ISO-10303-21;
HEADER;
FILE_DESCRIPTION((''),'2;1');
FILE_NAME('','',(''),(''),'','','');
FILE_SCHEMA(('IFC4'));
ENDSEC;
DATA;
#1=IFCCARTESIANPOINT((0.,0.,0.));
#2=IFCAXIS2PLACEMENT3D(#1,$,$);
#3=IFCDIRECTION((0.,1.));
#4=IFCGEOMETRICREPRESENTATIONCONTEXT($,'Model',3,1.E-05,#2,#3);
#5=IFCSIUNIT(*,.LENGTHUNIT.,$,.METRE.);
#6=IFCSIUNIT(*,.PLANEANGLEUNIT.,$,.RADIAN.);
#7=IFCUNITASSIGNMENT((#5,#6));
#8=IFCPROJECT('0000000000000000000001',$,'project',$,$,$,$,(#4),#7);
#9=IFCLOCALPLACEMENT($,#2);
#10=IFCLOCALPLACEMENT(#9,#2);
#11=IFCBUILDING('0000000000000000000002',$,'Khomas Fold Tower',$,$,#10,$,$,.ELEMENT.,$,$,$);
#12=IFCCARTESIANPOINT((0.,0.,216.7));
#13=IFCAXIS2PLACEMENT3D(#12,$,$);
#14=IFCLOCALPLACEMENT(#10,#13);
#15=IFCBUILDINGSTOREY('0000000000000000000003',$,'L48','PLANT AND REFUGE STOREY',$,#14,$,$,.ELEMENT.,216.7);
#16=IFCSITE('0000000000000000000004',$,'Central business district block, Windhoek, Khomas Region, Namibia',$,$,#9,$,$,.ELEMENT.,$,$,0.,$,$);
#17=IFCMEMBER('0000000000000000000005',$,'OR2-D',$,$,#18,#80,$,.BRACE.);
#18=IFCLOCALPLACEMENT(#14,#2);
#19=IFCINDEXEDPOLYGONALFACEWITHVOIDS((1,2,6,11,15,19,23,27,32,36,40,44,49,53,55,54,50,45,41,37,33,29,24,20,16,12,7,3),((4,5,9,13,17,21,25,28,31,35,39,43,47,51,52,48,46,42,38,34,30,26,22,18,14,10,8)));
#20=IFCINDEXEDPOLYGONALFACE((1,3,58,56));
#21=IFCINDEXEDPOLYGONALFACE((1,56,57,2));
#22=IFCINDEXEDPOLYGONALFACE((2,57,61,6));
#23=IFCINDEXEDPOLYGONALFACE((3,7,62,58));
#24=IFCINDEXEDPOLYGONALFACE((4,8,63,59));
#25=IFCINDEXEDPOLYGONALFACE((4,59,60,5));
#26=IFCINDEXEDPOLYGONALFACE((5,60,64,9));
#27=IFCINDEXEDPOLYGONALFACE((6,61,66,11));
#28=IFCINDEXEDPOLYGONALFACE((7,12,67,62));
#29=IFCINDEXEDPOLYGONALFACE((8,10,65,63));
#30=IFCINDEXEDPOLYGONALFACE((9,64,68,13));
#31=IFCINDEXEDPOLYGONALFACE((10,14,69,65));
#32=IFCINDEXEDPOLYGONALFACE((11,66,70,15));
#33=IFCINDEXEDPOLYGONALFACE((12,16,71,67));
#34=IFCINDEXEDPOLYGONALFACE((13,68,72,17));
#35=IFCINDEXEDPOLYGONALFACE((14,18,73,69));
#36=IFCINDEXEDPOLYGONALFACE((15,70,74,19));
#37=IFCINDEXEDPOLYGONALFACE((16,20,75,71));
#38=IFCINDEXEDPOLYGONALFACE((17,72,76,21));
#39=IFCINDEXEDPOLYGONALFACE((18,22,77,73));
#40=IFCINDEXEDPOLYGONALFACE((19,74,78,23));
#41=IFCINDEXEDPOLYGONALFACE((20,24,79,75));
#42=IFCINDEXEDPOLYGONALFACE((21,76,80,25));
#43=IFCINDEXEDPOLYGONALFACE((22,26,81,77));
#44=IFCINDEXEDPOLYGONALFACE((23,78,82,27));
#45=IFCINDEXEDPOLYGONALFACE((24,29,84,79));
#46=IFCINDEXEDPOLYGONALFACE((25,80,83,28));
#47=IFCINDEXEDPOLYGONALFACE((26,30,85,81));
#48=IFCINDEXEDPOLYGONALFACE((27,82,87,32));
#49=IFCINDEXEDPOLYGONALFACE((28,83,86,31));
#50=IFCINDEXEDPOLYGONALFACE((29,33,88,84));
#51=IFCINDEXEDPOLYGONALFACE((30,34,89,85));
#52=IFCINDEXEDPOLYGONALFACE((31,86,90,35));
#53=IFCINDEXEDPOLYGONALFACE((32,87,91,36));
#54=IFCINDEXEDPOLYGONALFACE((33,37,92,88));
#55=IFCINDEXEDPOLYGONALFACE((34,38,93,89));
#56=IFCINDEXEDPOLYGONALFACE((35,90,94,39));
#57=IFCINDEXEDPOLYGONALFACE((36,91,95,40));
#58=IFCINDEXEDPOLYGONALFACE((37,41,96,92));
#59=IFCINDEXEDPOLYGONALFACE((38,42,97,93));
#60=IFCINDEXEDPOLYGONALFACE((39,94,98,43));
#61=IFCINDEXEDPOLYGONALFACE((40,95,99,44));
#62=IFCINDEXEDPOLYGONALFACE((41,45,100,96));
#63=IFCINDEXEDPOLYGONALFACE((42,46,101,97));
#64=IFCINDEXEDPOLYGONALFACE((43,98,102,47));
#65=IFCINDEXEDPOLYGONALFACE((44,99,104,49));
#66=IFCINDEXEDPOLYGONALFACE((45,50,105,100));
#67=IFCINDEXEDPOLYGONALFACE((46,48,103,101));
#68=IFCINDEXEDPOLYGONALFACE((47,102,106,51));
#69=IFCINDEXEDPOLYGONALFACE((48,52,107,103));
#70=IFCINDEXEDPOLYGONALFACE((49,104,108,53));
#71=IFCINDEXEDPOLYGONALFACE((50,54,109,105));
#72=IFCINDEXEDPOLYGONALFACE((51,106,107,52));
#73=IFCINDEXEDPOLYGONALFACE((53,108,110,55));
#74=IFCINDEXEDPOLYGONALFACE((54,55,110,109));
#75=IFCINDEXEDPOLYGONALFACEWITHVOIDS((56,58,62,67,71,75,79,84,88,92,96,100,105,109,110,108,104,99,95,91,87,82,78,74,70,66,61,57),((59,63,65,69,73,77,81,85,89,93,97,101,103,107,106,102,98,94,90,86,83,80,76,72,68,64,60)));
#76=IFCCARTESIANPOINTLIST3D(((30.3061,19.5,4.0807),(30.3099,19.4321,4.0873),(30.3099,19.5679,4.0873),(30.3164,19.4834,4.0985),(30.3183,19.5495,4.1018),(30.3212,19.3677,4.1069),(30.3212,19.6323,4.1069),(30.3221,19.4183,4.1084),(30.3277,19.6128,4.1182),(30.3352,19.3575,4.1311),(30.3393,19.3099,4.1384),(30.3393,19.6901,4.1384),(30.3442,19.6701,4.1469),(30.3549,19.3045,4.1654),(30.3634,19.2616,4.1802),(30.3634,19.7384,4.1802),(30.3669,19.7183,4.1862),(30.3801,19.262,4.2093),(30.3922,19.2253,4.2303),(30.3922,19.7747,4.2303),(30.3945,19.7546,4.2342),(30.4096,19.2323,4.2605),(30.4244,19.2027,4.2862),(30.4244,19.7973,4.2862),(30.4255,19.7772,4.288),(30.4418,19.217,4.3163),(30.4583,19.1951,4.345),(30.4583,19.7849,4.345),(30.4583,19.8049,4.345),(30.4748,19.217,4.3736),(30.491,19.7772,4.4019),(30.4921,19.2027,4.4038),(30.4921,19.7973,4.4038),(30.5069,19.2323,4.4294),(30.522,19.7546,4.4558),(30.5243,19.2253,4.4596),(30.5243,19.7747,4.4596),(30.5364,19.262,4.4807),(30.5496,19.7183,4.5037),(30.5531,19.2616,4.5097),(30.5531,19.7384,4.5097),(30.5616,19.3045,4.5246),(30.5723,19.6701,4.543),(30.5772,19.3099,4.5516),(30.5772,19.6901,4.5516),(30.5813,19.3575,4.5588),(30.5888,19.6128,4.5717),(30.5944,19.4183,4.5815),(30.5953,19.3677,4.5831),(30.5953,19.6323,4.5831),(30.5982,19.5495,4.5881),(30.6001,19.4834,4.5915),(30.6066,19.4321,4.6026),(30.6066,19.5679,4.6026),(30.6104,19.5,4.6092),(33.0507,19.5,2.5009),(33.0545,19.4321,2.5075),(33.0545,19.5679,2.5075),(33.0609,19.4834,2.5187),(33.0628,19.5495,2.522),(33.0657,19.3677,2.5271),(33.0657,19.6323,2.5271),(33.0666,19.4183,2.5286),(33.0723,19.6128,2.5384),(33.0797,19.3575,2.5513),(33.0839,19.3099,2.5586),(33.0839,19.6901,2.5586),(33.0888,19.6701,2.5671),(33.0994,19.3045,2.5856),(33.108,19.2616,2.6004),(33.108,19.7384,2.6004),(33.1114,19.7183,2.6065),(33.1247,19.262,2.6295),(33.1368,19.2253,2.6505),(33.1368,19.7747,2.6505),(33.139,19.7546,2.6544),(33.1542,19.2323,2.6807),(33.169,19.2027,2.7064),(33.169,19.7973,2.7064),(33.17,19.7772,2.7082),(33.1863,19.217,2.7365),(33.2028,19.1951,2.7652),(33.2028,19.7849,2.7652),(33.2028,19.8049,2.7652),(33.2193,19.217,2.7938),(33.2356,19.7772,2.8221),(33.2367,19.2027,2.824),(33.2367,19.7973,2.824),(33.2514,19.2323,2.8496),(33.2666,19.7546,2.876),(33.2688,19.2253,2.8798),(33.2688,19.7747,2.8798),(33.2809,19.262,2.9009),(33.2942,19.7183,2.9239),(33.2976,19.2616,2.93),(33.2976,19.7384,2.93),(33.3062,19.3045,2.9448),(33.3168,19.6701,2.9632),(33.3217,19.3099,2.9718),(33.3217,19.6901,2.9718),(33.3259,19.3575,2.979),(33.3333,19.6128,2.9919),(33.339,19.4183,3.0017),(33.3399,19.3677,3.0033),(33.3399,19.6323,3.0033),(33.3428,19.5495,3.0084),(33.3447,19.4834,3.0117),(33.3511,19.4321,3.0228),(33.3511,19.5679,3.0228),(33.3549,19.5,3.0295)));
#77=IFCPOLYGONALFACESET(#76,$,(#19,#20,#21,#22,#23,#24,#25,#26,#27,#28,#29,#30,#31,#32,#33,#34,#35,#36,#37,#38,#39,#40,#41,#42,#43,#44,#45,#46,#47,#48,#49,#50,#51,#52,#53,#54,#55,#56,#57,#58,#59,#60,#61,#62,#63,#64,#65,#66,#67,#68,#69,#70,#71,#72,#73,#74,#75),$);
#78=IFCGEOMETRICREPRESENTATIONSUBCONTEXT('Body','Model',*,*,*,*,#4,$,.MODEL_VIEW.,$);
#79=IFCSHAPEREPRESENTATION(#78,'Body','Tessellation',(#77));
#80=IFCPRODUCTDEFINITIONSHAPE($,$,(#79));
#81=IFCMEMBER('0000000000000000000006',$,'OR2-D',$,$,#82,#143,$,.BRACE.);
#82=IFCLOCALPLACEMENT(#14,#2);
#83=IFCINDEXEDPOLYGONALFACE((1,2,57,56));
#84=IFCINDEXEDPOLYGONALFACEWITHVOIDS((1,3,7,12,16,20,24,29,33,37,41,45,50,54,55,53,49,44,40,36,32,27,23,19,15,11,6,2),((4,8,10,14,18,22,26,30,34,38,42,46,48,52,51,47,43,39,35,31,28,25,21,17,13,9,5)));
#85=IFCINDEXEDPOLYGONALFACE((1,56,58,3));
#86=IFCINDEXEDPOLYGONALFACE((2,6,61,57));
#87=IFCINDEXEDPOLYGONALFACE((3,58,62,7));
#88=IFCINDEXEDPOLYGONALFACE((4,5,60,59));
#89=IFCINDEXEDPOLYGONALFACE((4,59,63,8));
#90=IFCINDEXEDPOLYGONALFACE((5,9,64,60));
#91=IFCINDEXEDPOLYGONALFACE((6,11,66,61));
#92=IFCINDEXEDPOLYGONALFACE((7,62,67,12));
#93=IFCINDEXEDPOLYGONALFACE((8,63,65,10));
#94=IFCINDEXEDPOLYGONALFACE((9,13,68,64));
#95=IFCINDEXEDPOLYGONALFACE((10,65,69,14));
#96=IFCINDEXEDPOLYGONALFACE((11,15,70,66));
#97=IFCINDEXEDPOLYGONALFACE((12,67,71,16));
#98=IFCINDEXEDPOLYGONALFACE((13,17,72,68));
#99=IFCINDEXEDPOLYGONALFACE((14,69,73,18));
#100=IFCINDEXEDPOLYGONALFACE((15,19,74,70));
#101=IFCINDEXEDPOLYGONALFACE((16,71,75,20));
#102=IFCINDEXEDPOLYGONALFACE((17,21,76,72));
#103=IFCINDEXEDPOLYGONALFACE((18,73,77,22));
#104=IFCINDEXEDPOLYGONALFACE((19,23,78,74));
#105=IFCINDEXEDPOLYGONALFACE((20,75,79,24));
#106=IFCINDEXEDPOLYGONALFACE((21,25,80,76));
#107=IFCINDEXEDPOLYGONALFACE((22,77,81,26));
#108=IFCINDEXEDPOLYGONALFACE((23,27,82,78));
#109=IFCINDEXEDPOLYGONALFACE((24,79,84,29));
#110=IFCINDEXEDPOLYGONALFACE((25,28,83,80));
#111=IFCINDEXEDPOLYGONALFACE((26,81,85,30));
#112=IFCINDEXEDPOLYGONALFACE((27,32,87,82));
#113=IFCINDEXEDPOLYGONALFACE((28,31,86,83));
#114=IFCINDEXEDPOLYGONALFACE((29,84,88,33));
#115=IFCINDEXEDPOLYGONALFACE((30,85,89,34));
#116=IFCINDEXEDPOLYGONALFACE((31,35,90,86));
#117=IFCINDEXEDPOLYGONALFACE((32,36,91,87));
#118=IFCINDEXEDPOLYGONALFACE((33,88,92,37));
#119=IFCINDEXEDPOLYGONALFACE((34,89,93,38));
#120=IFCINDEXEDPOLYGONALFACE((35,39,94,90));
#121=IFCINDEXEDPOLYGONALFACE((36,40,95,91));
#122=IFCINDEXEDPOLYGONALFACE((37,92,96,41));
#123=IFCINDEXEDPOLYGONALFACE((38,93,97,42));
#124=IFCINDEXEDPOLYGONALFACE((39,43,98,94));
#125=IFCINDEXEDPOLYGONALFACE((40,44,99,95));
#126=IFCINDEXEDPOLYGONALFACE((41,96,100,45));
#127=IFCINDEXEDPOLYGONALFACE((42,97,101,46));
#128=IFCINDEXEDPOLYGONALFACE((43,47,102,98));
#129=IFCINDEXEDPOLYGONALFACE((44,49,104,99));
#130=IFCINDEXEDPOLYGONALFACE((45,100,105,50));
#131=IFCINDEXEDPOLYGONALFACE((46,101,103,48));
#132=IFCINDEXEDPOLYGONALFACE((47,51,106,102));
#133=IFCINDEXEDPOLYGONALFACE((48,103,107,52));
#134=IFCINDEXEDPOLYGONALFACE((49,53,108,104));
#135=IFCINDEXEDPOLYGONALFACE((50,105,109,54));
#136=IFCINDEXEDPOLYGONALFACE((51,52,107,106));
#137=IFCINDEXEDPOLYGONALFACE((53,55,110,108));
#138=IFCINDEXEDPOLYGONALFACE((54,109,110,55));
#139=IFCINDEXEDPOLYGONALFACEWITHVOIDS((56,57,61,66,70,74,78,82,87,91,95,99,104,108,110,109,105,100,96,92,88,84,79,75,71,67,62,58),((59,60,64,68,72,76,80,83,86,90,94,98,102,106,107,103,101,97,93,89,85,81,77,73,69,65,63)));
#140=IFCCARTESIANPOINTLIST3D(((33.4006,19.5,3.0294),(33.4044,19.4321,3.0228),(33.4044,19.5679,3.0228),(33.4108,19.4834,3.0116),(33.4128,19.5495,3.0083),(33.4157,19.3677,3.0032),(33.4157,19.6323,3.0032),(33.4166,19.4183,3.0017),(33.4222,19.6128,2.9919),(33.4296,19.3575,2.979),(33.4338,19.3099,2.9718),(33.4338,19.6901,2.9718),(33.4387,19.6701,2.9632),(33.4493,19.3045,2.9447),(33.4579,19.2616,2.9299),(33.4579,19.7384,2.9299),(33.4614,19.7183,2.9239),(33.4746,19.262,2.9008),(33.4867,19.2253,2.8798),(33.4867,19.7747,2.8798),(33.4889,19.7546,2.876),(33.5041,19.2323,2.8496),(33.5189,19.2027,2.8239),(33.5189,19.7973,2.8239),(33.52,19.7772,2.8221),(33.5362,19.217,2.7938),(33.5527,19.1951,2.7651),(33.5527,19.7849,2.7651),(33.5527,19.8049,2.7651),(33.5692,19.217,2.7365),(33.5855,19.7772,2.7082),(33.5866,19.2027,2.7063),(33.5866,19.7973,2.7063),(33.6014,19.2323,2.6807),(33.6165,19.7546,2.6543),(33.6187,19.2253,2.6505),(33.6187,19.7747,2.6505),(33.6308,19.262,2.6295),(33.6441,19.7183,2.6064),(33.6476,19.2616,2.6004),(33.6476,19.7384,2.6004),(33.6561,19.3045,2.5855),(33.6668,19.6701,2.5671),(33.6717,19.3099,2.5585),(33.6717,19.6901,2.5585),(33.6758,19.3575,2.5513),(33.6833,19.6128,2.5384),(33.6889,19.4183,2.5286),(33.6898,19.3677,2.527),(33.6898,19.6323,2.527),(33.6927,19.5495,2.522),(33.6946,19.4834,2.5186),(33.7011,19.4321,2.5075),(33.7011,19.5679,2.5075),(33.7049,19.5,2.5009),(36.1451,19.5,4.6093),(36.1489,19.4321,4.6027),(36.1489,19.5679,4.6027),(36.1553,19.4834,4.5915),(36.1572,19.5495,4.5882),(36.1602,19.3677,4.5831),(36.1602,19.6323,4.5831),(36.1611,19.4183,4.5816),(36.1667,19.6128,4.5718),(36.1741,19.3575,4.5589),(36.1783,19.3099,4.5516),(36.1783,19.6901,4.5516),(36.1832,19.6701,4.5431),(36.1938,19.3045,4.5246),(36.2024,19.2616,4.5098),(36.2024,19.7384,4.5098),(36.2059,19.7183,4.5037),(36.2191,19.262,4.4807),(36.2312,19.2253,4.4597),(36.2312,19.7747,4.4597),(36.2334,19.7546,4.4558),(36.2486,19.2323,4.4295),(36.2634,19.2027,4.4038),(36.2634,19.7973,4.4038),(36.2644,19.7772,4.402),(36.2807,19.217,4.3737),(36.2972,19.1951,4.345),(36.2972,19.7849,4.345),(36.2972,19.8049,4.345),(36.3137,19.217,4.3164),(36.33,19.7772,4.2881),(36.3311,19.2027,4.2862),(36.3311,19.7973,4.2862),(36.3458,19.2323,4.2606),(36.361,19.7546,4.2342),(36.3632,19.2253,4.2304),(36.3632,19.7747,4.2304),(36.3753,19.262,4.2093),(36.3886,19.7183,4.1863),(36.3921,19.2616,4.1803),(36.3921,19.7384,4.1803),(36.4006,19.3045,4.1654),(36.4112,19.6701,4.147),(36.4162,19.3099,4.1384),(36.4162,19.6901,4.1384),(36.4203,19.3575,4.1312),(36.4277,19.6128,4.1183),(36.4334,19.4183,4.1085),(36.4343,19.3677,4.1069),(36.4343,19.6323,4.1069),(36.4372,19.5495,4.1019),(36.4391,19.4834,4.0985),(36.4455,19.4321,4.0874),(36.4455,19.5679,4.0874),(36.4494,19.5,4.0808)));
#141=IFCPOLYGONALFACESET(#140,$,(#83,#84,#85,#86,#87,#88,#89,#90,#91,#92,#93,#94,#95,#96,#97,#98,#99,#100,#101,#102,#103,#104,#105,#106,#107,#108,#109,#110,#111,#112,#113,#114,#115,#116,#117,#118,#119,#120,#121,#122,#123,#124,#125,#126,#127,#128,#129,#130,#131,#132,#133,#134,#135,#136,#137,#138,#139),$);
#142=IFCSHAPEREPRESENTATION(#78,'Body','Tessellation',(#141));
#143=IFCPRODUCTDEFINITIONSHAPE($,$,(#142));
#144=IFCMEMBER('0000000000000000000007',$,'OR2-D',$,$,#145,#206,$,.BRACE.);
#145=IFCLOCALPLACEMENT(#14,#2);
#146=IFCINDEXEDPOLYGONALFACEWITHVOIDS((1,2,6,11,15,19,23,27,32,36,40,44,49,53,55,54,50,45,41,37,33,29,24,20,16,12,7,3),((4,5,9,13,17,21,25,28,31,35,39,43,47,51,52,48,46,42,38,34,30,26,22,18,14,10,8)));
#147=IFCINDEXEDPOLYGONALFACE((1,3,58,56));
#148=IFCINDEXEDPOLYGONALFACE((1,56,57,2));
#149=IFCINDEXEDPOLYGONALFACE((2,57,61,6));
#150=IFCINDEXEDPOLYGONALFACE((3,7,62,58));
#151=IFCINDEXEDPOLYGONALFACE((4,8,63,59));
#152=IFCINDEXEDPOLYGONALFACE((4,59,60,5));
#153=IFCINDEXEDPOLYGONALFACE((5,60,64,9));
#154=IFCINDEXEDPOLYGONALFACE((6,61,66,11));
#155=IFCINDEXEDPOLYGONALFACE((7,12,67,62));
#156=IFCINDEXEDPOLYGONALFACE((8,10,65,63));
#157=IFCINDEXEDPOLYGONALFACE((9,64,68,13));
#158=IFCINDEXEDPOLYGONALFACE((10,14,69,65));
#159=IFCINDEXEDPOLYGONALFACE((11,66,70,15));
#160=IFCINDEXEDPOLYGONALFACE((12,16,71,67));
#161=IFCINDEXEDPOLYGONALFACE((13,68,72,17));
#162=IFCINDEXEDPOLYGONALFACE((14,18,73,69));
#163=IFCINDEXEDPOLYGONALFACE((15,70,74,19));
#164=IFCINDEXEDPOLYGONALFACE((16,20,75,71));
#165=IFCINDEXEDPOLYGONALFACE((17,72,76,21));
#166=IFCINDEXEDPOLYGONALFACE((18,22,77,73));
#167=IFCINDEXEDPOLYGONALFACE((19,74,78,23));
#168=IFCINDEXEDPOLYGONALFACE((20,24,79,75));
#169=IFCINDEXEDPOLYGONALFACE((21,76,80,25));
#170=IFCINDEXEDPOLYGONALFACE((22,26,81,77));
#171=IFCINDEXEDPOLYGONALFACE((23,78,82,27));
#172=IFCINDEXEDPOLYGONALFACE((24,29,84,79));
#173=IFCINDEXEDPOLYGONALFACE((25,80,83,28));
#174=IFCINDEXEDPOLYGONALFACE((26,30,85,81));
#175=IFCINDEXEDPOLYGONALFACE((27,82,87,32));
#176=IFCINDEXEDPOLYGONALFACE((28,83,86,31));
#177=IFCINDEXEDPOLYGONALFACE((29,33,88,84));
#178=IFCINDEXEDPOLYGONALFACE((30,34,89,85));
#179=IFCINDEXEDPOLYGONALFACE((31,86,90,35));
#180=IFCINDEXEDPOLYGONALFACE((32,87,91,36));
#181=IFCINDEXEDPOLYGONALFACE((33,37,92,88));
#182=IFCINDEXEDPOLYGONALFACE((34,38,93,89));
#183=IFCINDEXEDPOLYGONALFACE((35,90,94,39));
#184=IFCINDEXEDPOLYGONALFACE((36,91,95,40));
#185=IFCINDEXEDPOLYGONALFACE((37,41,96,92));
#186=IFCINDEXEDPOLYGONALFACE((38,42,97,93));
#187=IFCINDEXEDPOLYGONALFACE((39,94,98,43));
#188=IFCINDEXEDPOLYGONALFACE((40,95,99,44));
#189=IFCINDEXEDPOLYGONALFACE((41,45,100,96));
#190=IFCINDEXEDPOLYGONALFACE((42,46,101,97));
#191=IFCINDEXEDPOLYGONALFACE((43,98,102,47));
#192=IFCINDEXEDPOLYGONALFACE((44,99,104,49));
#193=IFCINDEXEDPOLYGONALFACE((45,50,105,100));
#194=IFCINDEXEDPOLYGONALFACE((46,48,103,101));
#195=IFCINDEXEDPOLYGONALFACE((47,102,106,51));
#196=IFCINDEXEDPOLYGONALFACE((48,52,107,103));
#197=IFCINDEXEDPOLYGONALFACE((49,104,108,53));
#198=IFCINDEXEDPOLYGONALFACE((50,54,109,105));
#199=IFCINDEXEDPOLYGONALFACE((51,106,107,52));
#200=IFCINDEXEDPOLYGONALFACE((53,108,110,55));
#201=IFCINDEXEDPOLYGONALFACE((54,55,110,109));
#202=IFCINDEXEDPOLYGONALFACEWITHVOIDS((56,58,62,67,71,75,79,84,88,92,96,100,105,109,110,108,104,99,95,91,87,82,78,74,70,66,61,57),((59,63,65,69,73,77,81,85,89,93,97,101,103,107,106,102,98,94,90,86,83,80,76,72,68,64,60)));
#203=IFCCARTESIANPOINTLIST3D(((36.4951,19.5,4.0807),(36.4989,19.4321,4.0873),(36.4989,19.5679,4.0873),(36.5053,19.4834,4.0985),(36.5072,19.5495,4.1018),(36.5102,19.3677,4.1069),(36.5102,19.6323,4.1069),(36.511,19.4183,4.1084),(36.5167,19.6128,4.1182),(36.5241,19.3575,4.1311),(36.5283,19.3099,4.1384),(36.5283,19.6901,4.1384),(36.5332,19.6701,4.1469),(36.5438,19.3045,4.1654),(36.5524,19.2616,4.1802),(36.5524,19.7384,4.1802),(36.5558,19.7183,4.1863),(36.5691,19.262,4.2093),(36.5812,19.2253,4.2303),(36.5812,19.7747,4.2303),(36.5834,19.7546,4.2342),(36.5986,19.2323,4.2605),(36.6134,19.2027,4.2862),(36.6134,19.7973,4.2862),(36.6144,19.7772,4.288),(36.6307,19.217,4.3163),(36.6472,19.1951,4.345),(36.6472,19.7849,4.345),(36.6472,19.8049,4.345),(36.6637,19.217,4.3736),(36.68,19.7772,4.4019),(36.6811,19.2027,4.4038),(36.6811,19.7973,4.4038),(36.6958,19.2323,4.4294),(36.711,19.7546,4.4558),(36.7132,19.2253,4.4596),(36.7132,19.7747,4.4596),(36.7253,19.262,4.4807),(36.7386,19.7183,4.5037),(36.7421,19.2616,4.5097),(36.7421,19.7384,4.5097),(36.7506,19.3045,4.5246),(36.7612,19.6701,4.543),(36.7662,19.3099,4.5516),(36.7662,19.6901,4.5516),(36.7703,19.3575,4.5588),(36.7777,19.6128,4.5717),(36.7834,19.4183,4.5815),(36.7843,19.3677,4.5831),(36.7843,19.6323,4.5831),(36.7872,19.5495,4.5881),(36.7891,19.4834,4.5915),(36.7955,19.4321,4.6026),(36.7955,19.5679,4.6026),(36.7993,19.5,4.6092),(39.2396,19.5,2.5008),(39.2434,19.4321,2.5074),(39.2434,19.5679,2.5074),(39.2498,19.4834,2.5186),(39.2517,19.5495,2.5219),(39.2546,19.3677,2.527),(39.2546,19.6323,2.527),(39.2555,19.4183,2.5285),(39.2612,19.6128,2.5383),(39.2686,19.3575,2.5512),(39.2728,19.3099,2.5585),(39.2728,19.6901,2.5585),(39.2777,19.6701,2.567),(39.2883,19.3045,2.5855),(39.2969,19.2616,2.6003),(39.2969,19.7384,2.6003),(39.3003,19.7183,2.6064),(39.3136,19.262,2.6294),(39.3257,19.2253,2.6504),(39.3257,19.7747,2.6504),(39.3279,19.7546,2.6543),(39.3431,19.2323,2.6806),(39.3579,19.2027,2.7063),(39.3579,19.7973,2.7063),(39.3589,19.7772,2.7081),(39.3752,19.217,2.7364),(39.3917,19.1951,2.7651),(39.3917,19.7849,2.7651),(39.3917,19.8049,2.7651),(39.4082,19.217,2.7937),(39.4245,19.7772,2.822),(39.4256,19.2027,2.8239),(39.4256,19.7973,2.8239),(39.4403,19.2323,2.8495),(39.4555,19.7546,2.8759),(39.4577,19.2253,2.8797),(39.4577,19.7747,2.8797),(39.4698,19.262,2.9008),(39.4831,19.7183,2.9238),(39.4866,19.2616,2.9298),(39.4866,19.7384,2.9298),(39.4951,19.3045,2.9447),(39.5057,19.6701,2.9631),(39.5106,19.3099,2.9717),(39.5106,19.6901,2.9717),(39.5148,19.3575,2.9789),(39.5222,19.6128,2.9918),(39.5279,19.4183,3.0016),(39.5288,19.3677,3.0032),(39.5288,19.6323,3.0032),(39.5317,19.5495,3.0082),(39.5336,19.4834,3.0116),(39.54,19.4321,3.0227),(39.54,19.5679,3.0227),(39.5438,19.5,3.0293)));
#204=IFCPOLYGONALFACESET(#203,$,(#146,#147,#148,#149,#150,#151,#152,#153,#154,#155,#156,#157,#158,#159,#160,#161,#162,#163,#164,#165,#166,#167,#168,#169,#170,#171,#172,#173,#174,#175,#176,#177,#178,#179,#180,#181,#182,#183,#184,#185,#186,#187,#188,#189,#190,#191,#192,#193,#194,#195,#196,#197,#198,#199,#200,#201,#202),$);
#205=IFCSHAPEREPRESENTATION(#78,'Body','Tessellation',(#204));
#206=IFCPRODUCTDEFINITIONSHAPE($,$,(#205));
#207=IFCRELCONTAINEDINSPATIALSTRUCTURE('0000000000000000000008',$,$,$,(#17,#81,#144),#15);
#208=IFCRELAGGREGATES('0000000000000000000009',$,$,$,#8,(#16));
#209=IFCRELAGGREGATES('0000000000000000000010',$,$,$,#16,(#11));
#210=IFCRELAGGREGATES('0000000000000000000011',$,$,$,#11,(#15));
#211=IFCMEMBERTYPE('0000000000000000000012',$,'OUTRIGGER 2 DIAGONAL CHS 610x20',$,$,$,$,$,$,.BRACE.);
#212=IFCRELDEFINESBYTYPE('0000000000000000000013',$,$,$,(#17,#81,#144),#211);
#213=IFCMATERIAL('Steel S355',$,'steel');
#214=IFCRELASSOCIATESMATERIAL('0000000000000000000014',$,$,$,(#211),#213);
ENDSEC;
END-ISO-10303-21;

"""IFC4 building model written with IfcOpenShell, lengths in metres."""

from ifc_helpers import new_model, si_unit, direction, frame, origin, origin_2d, place, context, subcontext, project, spatial, hollow_circle, extrude, source, transform, mapped, material, material_profile, profile_set, type_object, element, save


model = new_model("IFC4")

# Units and contexts
model_context = context("Model", 3, precision=1e-05, world=origin(), true_north=direction((0.0, 1.0)))
body_context = subcontext(model_context, "Body", "Model", "MODEL_VIEW")
ifc_project = project(units=[si_unit("LENGTHUNIT", "METRE"), si_unit("PLANEANGLEUNIT", "RADIAN")], contexts=[model_context])

# Site, building, storey
site_placement = place(None, origin())
site = spatial("IfcSite", under=ifc_project, at=site_placement, Name="Central business district block, Windhoek, Khomas Region, Namibia", CompositionType="ELEMENT", RefElevation=0.0)
building_placement = place(site_placement, origin())
building = spatial("IfcBuilding", under=site, at=building_placement, Name="Khomas Fold Tower", CompositionType="ELEMENT")
storey_placement = place(building_placement, frame((0.0, 0.0, 216.7)))
storey = spatial("IfcBuildingStorey", under=building, at=storey_placement, Name="L48", Description="PLANT AND REFUGE STOREY", CompositionType="ELEMENT", Elevation=216.7)

# Members
ifc_material_1 = material(Name="Steel S355", Category="steel")
ifc_material_profile_1 = material_profile(ifc_material_1, hollow_circle(Radius=0.3049, WallThickness=0.02, at=origin_2d()), Name="CHS 610x20")
ifc_profile_set_1 = profile_set([ifc_material_profile_1], Name="Steel S355")
member_type_1 = type_object("IfcMemberType", Name="OUTRIGGER 2 DIAGONAL CHS 610x20", PredefinedType="BRACE", material=ifc_profile_set_1)
shared_shape_1 = source(origin(), body_context, "Body", "SweptSolid", [
    extrude(hollow_circle(Radius=0.3049, WallThickness=0.02, at=origin_2d()), origin(), (0.0, 0.0, 1.0), 3.1667),
])
for number, where, z_axis, x_axis, name in (
    (1, (30.4583, 19.5, 4.345), (0.866678, 0.0, -0.498868), (0.0, 1.0, 0.0), "OR2-D"),
    (2, (33.5527, 19.5, 2.7651), (0.866659, 0.0, 0.498901), (0.0, 1.0, 0.0), "OR2-D"),
    (3, (36.6472, 19.5, 4.345), (0.866659, 0.0, -0.498901), (0.0, 1.0, 0.0), "OR2-D"),
):
    element("IfcMember", number, at=place(storey_placement, frame(where, z_axis=z_axis, x_axis=x_axis)), inside=storey, type_object=member_type_1, Name=name, PredefinedType="BRACE", context=body_context, shape_type="MappedRepresentation", body=[
        mapped(shared_shape_1, transform((0.0, 0.0, 0.0))),
    ])

save(model, "model.ifc")
